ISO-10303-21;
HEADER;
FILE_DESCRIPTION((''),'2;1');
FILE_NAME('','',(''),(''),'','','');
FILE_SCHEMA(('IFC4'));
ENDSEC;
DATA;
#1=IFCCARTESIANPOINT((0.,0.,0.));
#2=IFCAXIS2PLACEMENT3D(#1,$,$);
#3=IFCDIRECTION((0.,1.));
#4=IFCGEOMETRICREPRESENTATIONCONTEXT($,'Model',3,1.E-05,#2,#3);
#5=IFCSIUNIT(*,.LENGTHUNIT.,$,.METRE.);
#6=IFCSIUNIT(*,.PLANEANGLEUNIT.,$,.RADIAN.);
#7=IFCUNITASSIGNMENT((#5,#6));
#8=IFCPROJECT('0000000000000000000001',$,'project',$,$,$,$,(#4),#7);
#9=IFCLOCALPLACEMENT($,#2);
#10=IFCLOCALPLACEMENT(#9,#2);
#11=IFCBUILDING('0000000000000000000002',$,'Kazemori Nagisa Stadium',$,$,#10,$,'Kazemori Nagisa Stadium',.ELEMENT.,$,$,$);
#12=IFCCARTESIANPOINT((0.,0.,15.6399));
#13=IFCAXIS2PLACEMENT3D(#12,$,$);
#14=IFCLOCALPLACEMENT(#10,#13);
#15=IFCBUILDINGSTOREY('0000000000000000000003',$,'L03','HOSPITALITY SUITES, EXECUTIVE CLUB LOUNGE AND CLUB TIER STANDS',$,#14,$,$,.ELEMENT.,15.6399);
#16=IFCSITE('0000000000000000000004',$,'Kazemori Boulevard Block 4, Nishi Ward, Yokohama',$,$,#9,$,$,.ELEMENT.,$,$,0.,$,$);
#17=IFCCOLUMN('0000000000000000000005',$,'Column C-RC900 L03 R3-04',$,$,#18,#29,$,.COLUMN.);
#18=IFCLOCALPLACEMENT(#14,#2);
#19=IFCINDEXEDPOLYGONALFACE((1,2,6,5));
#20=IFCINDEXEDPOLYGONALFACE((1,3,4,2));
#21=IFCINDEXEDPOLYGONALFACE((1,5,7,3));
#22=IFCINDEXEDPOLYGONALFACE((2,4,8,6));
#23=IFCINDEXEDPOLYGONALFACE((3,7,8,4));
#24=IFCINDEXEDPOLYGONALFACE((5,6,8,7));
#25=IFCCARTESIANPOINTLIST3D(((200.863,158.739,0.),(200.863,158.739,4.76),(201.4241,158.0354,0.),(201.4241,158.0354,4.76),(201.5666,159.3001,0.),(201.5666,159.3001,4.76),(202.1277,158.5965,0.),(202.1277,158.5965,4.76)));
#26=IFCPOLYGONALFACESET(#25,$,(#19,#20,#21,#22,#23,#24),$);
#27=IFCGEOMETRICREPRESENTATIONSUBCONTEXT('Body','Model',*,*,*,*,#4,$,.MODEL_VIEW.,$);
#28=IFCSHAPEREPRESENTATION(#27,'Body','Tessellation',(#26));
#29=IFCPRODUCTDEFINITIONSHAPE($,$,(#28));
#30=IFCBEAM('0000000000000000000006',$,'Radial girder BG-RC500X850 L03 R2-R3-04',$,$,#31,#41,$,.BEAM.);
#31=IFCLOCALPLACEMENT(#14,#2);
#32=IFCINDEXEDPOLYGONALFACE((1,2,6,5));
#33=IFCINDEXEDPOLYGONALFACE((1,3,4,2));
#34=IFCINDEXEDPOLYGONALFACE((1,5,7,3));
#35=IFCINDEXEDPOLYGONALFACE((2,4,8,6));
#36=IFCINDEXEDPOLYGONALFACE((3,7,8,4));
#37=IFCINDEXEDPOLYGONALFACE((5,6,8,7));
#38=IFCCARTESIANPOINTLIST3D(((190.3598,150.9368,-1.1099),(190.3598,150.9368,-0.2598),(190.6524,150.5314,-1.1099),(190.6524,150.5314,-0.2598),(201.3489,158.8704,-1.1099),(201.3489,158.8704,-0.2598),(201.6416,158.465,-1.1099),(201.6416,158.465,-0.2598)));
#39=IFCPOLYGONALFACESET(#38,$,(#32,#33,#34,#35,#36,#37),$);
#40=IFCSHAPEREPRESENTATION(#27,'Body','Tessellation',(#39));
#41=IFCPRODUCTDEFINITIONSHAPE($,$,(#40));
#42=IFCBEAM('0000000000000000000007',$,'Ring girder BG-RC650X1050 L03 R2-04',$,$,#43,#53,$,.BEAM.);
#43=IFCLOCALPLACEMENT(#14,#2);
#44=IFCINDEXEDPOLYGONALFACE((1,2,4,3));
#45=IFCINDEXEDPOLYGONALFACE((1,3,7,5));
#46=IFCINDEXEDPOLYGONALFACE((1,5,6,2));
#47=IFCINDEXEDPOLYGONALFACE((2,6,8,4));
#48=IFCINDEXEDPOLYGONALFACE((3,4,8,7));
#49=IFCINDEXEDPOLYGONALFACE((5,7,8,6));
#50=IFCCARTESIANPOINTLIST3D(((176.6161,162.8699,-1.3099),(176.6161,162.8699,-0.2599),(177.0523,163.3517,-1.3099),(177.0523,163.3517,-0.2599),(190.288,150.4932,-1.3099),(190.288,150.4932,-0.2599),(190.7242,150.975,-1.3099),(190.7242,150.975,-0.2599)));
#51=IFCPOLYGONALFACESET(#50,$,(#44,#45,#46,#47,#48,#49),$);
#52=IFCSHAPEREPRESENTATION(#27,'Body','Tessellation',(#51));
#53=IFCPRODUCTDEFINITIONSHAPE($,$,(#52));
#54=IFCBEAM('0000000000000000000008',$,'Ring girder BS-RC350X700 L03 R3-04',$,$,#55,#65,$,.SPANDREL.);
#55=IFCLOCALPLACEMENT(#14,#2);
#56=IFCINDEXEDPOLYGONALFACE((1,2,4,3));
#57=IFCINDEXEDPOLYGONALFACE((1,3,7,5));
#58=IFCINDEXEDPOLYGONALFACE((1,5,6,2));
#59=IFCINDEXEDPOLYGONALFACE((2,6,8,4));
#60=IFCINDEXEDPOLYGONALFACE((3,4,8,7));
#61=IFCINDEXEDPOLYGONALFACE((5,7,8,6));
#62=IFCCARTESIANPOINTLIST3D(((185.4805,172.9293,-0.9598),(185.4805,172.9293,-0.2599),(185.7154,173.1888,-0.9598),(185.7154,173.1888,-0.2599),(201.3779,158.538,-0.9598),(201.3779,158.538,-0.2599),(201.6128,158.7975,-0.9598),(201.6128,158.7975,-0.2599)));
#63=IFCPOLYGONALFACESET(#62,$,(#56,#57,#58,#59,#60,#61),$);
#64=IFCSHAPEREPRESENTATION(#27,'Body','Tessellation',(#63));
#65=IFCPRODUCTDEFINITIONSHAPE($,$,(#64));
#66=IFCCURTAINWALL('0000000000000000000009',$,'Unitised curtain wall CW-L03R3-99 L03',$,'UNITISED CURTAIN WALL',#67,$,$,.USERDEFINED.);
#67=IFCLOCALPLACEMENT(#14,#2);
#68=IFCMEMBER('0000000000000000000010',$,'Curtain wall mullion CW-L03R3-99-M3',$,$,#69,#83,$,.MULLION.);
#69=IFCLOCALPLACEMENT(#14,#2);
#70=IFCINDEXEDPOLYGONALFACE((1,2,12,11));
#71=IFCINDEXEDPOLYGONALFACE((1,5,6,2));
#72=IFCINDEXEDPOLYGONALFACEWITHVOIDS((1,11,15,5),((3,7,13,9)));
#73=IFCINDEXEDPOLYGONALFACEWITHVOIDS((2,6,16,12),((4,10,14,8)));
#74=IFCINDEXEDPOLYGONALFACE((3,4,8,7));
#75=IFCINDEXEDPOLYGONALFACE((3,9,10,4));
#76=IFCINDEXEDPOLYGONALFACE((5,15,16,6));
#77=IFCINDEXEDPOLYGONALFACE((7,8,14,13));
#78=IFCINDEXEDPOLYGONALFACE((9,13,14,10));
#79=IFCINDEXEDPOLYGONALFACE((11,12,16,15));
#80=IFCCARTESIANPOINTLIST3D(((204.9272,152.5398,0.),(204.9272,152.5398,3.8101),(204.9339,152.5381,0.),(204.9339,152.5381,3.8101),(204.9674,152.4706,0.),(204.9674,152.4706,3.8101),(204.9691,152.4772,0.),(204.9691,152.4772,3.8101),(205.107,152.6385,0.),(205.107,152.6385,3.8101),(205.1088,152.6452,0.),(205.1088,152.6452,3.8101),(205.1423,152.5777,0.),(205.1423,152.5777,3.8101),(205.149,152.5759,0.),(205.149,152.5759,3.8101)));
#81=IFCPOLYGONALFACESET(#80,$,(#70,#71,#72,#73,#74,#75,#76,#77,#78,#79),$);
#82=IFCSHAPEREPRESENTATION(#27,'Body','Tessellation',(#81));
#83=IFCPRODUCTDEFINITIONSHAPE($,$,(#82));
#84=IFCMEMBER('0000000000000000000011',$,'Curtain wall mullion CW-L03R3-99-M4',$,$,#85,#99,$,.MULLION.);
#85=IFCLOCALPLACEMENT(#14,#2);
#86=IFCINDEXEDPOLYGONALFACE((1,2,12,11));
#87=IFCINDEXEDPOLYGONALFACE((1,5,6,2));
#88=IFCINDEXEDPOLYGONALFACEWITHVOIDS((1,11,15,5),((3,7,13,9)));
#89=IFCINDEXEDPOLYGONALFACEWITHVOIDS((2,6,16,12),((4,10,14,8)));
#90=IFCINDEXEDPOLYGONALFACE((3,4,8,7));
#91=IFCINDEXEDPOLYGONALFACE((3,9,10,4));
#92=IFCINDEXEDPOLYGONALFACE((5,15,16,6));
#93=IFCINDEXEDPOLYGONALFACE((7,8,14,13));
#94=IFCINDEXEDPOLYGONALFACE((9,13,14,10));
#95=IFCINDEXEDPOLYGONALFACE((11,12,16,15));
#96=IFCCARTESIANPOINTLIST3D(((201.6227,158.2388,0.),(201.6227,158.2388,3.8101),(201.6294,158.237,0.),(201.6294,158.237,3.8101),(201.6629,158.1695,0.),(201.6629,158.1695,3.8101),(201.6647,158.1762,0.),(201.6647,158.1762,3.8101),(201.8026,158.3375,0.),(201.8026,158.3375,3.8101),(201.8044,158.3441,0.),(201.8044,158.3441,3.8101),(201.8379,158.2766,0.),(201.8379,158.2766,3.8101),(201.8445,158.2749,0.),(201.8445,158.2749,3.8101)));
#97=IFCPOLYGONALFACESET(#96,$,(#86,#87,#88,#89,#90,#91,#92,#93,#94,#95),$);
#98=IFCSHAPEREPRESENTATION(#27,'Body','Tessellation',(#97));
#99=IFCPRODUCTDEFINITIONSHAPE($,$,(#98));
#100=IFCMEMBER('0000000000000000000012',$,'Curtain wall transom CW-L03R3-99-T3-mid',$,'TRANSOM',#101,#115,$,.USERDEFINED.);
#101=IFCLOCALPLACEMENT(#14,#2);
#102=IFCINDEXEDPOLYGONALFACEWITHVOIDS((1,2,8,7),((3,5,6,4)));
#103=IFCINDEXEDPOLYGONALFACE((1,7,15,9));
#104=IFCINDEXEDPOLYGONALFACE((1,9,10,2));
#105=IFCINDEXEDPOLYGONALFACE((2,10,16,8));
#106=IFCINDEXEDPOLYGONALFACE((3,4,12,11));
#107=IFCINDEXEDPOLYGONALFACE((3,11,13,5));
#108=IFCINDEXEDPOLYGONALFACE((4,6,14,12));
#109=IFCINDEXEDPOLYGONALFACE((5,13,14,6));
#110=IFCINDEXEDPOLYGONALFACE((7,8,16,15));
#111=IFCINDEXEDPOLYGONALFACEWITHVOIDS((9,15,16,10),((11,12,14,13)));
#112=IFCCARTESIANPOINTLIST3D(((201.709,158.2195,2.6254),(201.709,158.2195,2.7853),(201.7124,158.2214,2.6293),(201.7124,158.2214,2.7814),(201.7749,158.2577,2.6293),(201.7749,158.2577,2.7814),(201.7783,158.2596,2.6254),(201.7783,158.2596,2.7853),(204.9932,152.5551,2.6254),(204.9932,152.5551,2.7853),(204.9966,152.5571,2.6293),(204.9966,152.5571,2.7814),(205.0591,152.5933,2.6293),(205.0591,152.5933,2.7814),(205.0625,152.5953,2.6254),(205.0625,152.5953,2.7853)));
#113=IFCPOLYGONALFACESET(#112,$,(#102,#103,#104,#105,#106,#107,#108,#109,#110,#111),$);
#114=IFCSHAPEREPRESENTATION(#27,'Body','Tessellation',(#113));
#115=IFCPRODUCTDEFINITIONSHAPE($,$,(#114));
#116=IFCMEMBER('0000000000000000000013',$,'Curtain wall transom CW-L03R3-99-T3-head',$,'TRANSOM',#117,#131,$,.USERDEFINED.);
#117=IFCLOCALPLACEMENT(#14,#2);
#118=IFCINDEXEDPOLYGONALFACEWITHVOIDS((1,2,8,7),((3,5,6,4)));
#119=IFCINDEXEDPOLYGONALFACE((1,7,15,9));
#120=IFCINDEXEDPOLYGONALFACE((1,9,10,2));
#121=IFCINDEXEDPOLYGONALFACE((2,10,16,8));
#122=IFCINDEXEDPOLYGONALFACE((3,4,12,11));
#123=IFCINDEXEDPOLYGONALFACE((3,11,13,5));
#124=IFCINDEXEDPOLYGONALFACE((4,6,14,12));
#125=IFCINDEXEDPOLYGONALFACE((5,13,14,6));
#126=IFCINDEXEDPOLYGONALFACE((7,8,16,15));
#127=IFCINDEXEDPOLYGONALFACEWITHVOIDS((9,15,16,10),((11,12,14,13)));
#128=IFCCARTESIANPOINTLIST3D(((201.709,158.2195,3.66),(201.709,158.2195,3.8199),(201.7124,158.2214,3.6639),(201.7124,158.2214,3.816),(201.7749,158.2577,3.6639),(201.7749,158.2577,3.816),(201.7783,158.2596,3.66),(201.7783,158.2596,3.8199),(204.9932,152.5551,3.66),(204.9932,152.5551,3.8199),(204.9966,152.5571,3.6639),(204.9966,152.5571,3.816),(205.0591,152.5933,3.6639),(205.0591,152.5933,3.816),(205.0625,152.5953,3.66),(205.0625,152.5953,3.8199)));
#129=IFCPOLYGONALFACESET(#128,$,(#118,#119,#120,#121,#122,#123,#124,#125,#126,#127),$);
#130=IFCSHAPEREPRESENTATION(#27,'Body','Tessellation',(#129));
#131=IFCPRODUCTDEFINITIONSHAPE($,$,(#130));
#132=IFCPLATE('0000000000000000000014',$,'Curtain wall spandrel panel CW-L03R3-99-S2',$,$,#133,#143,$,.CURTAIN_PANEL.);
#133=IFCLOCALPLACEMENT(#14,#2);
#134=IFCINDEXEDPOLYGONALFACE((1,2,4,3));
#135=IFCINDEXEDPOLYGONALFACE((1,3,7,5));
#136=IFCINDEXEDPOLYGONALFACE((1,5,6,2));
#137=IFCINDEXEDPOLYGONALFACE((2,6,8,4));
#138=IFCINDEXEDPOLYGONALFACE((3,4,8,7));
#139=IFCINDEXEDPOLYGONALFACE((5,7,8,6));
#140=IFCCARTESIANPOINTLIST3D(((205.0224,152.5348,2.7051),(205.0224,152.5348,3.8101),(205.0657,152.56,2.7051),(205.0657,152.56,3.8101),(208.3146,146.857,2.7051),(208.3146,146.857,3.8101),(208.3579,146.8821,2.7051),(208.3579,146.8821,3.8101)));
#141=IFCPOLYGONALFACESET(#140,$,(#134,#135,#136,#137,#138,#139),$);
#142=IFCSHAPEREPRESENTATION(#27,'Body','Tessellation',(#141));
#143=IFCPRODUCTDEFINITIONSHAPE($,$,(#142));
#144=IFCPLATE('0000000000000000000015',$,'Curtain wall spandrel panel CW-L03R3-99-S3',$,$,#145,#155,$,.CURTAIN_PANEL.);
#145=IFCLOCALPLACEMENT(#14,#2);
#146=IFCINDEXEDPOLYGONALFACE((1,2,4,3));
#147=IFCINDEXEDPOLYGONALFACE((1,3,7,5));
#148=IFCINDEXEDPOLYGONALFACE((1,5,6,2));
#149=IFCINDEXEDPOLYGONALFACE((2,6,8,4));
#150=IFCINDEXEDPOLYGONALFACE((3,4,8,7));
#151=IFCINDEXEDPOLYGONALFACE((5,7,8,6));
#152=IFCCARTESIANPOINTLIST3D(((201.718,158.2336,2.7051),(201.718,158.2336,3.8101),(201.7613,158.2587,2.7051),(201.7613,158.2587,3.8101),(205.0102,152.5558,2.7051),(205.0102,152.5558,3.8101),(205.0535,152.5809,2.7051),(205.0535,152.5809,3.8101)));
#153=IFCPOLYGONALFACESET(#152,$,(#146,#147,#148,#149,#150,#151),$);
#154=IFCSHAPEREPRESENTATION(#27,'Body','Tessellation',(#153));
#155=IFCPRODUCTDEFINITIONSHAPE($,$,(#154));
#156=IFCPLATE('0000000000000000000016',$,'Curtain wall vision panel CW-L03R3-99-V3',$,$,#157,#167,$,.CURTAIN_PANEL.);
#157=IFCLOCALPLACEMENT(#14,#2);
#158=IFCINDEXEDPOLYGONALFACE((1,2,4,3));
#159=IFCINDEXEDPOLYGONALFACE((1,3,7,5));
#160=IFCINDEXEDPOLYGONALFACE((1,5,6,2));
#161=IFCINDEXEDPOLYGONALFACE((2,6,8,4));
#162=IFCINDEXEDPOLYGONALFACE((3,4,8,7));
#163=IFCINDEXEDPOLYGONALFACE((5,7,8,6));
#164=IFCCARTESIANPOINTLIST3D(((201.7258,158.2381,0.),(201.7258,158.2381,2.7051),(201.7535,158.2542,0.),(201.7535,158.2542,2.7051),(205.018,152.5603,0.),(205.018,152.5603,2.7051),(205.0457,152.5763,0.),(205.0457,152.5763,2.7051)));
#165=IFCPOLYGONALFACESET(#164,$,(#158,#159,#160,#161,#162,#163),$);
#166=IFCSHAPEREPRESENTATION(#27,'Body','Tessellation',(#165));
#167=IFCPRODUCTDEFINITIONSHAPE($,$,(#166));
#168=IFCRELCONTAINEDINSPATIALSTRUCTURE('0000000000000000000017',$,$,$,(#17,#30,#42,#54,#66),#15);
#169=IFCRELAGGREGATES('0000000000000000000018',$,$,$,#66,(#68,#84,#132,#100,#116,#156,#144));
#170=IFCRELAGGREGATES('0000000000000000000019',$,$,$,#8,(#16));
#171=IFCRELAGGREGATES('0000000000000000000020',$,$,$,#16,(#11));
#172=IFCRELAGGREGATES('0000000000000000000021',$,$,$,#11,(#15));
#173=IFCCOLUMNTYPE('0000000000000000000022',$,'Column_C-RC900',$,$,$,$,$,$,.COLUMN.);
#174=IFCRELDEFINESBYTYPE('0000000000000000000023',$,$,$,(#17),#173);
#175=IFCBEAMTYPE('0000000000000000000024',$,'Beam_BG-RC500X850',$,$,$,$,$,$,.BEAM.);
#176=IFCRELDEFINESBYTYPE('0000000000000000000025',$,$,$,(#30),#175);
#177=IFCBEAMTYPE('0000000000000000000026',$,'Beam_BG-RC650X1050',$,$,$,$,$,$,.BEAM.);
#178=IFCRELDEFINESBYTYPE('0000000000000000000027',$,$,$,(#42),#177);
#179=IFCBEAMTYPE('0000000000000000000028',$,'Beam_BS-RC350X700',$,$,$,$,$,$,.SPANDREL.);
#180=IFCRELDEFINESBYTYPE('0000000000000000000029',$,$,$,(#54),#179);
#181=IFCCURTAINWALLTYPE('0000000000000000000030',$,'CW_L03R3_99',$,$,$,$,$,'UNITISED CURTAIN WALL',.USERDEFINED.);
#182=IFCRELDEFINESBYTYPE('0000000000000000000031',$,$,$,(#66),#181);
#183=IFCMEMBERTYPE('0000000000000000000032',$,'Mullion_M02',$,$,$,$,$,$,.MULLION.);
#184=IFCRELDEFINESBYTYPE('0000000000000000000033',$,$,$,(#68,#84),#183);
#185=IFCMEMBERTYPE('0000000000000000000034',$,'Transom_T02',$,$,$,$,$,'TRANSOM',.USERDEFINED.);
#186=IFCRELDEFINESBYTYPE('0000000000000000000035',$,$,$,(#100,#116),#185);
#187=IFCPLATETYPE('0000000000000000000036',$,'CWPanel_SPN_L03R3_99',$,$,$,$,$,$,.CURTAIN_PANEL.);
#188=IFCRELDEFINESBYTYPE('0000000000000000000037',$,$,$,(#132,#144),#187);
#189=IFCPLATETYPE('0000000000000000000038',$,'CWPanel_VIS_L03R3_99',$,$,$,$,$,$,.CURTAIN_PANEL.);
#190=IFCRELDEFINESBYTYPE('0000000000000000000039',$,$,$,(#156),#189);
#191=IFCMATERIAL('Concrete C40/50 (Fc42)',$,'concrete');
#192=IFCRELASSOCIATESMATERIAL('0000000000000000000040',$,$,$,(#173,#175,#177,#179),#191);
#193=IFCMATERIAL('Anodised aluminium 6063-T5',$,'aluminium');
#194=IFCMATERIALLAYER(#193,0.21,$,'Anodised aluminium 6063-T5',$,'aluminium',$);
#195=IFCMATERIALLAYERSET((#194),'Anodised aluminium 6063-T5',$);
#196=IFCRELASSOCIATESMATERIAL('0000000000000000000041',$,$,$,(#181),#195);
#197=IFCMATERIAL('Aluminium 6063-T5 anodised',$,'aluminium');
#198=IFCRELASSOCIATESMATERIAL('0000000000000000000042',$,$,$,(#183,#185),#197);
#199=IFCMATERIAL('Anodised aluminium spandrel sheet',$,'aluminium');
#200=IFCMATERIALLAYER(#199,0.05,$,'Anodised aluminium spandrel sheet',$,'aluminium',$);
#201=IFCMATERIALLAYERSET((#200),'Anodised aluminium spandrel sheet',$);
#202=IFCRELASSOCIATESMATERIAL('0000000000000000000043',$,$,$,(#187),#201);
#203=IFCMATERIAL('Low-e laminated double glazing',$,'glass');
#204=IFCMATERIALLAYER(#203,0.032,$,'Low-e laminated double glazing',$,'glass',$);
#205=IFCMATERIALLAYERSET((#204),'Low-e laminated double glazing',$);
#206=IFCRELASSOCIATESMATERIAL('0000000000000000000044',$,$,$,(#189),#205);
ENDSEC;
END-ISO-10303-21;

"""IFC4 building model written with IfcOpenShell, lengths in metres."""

from ifc_helpers import new_model, si_unit, direction, frame, origin, origin_2d, place, context, subcontext, project, spatial, rectangle, hollow_rectangle, extrude, material, layer, layer_set, material_profile, profile_set, type_object, element, aggregate, save


model = new_model("IFC4")

# Units and contexts
model_context = context("Model", 3, precision=1e-05, world=origin(), true_north=direction((0.0, 1.0)))
body_context = subcontext(model_context, "Body", "Model", "MODEL_VIEW")
ifc_project = project(units=[si_unit("LENGTHUNIT", "METRE"), si_unit("PLANEANGLEUNIT", "RADIAN")], contexts=[model_context])

# Site, building, storey
site_placement = place(None, origin())
site = spatial("IfcSite", under=ifc_project, at=site_placement, Name="Kazemori Boulevard Block 4, Nishi Ward, Yokohama", CompositionType="ELEMENT", RefElevation=0.0)
building_placement = place(site_placement, origin())
building = spatial("IfcBuilding", under=site, at=building_placement, Name="Kazemori Nagisa Stadium", LongName="Kazemori Nagisa Stadium", CompositionType="ELEMENT")
storey_placement = place(building_placement, frame((0.0, 0.0, 15.6399)))
storey = spatial("IfcBuildingStorey", under=building, at=storey_placement, Name="L03", Description="HOSPITALITY SUITES, EXECUTIVE CLUB LOUNGE AND CLUB TIER STANDS", CompositionType="ELEMENT", Elevation=15.6399)

# Column
ifc_material_1 = material(Name="Concrete C40/50 (Fc42)", Category="concrete")
ifc_material_profile_1 = material_profile(ifc_material_1, rectangle(XDim=0.8999, YDim=0.8999, at=origin_2d()), Name="RC-COL-900x900")
ifc_profile_set_1 = profile_set([ifc_material_profile_1], Name="Concrete C40/50 (Fc42)")
column_type = type_object("IfcColumnType", Name="Column_C-RC900", PredefinedType="COLUMN", material=ifc_profile_set_1)
column_placement = place(storey_placement, frame((201.4954, 158.6677, 0.0), z_axis=(0.0, 0.0, 1.0), x_axis=(0.781831, 0.62349, 0.0)))
element("IfcColumn", 1, at=column_placement, inside=storey, type_object=column_type, Name="Column C-RC900 L03 R3-04", PredefinedType="COLUMN", context=body_context, shape_type="SweptSolid", body=[
    extrude(rectangle(XDim=0.8999, YDim=0.8999, at=origin_2d()), origin(), (0.0, 0.0, 1.0), 4.76),
])

# Beams
ifc_material_profile_2 = material_profile(ifc_material_1, rectangle(XDim=0.5, YDim=0.8501, at=origin_2d()), Name="RC-BM-500x850")
ifc_profile_set_2 = profile_set([ifc_material_profile_2], Name="Concrete C40/50 (Fc42)")
beam_type_1 = type_object("IfcBeamType", Name="Beam_BG-RC500X850", PredefinedType="BEAM", material=ifc_profile_set_2)
beam_1_placement = place(storey_placement, frame((190.5061, 150.7341, -0.6848), z_axis=(0.810788, 0.585341, 0.0), x_axis=(-0.585341, 0.810788, 0.0)))
element("IfcBeam", 2, at=beam_1_placement, inside=storey, type_object=beam_type_1, Name="Radial girder BG-RC500X850 L03 R2-R3-04", PredefinedType="BEAM", context=body_context, shape_type="SweptSolid", body=[
    extrude(rectangle(XDim=0.5, YDim=0.8501, at=origin_2d()), origin(), (0.0, 0.0, 1.0), 13.5537),
])
ifc_material_profile_3 = material_profile(ifc_material_1, rectangle(XDim=0.6499, YDim=1.05, at=origin_2d()), Name="RC-BM-650x1050")
ifc_profile_set_3 = profile_set([ifc_material_profile_3], Name="Concrete C40/50 (Fc42)")
beam_type_2 = type_object("IfcBeamType", Name="Beam_BG-RC650X1050", PredefinedType="BEAM", material=ifc_profile_set_3)
beam_2_placement = place(storey_placement, frame((190.5061, 150.7341, -0.7849), z_axis=(-0.741349, 0.67112, 0.0), x_axis=(-0.67112, -0.741349, 0.0)))
element("IfcBeam", 3, at=beam_2_placement, inside=storey, type_object=beam_type_2, Name="Ring girder BG-RC650X1050 L03 R2-04", PredefinedType="BEAM", context=body_context, shape_type="SweptSolid", body=[
    extrude(rectangle(XDim=0.6499, YDim=1.05, at=origin_2d()), origin(), (0.0, 0.0, 1.0), 18.4419),
])
ifc_material_profile_4 = material_profile(ifc_material_1, rectangle(XDim=0.3501, YDim=0.7, at=origin_2d()), Name="RC-SP-350x700")
ifc_profile_set_4 = profile_set([ifc_material_profile_4], Name="Concrete C40/50 (Fc42)")
beam_type_3 = type_object("IfcBeamType", Name="Beam_BS-RC350X700", PredefinedType="SPANDREL", material=ifc_profile_set_4)
beam_3_placement = place(storey_placement, frame((201.4954, 158.6677, -0.6099), z_axis=(-0.741352, 0.671117, 0.0), x_axis=(-0.671117, -0.741352, 0.0)))
element("IfcBeam", 4, at=beam_3_placement, inside=storey, type_object=beam_type_3, Name="Ring girder BS-RC350X700 L03 R3-04", PredefinedType="SPANDREL", context=body_context, shape_type="SweptSolid", body=[
    extrude(rectangle(XDim=0.3501, YDim=0.7, at=origin_2d()), origin(), (0.0, 0.0, 1.0), 21.4438),
])

# Curtain wall, members, plates
ifc_material_2 = material(Name="Anodised aluminium 6063-T5", Category="aluminium")
ifc_layer_1 = layer(ifc_material_2, 0.21, Name="Anodised aluminium 6063-T5", Category="aluminium")
ifc_layer_set_1 = layer_set([ifc_layer_1], Name="Anodised aluminium 6063-T5")
curtain_wall_type = type_object("IfcCurtainWallType", Name="CW_L03R3_99", ElementType="UNITISED CURTAIN WALL", PredefinedType="USERDEFINED", material=ifc_layer_set_1)
curtain_wall_placement = place(storey_placement, origin())
curtain_wall = element("IfcCurtainWall", 5, at=curtain_wall_placement, inside=storey, type_object=curtain_wall_type, Name="Unitised curtain wall CW-L03R3-99 L03", ObjectType="UNITISED CURTAIN WALL", PredefinedType="USERDEFINED")
ifc_material_3 = material(Name="Aluminium 6063-T5 anodised", Category="aluminium")
ifc_material_profile_5 = material_profile(ifc_material_3, hollow_rectangle(XDim=0.0801, YDim=0.21, WallThickness=0.0049, at=origin_2d()), Name="ALU-MULL-80x210x5")
ifc_profile_set_5 = profile_set([ifc_material_profile_5], Name="Aluminium 6063-T5 anodised")
member_type_1 = type_object("IfcMemberType", Name="Mullion_M02", PredefinedType="MULLION", material=ifc_profile_set_5)
member_1_placement = place(storey_placement, frame((205.0381, 152.5579, 0.0), z_axis=(0.0, 0.0, 1.0), x_axis=(-0.501612, 0.865093, 0.0)))
member_1 = element("IfcMember", 6, at=member_1_placement, type_object=member_type_1, Name="Curtain wall mullion CW-L03R3-99-M3", PredefinedType="MULLION", context=body_context, shape_type="SweptSolid", body=[
    extrude(hollow_rectangle(XDim=0.0801, YDim=0.21, WallThickness=0.0049, at=origin_2d()), origin(), (0.0, 0.0, 1.0), 3.8101),
])
member_2_placement = place(storey_placement, frame((201.7336, 158.2568, 0.0), z_axis=(0.0, 0.0, 1.0), x_axis=(-0.501612, 0.865093, 0.0)))
member_2 = element("IfcMember", 7, at=member_2_placement, type_object=member_type_1, Name="Curtain wall mullion CW-L03R3-99-M4", PredefinedType="MULLION", context=body_context, shape_type="SweptSolid", body=[
    extrude(hollow_rectangle(XDim=0.0801, YDim=0.21, WallThickness=0.0049, at=origin_2d()), origin(), (0.0, 0.0, 1.0), 3.8101),
])
ifc_material_profile_6 = material_profile(ifc_material_3, hollow_rectangle(XDim=0.0801, YDim=0.1599, WallThickness=0.0039, at=origin_2d()), Name="ALU-TRAN-80x160x4")
ifc_profile_set_6 = profile_set([ifc_material_profile_6], Name="Aluminium 6063-T5 anodised")
member_type_2 = type_object("IfcMemberType", Name="Transom_T02", ElementType="TRANSOM", PredefinedType="USERDEFINED", material=ifc_profile_set_6)
member_3_placement = place(storey_placement, frame((205.0278, 152.5752, 2.7053), z_axis=(-0.50159, 0.865105, 0.0), x_axis=(-0.865105, -0.50159, 0.0)))
member_3 = element("IfcMember", 8, at=member_3_placement, type_object=member_type_2, Name="Curtain wall transom CW-L03R3-99-T3-mid", ObjectType="TRANSOM", PredefinedType="USERDEFINED", context=body_context, shape_type="SweptSolid", body=[
    extrude(hollow_rectangle(XDim=0.0801, YDim=0.1599, WallThickness=0.0039, at=origin_2d()), origin(), (0.0, 0.0, 1.0), 6.5476),
])
member_4_placement = place(storey_placement, frame((205.0278, 152.5752, 3.74), z_axis=(-0.50159, 0.865105, 0.0), x_axis=(-0.865105, -0.50159, 0.0)))
member_4 = element("IfcMember", 9, at=member_4_placement, type_object=member_type_2, Name="Curtain wall transom CW-L03R3-99-T3-head", ObjectType="TRANSOM", PredefinedType="USERDEFINED", context=body_context, shape_type="SweptSolid", body=[
    extrude(hollow_rectangle(XDim=0.0801, YDim=0.1599, WallThickness=0.0039, at=origin_2d()), origin(), (0.0, 0.0, 1.0), 6.5476),
])
ifc_material_4 = material(Name="Anodised aluminium spandrel sheet", Category="aluminium")
ifc_layer_2 = layer(ifc_material_4, 0.05, Name="Anodised aluminium spandrel sheet", Category="aluminium")
ifc_layer_set_2 = layer_set([ifc_layer_2], Name="Anodised aluminium spandrel sheet")
plate_type_1 = type_object("IfcPlateType", Name="CWPanel_SPN_L03R3_99", PredefinedType="CURTAIN_PANEL", material=ifc_layer_set_2)
plate_1_placement = place(storey_placement, frame((206.6902, 149.7085, 2.7051), z_axis=(0.0, 0.0, 1.0), x_axis=(-0.501612, 0.865093, 0.0)))
plate_1 = element("IfcPlate", 10, at=plate_1_placement, type_object=plate_type_1, Name="Curtain wall spandrel panel CW-L03R3-99-S2", PredefinedType="CURTAIN_PANEL", context=body_context, shape_type="SweptSolid", body=[
    extrude(rectangle(XDim=6.5632, YDim=0.05, at=origin_2d()), origin(), (0.0, 0.0, 1.0), 1.105),
])
plate_2_placement = place(storey_placement, frame((203.3857, 155.4072, 2.7051), z_axis=(0.0, 0.0, 1.0), x_axis=(-0.501612, 0.865093, 0.0)))
plate_2 = element("IfcPlate", 11, at=plate_2_placement, type_object=plate_type_1, Name="Curtain wall spandrel panel CW-L03R3-99-S3", PredefinedType="CURTAIN_PANEL", context=body_context, shape_type="SweptSolid", body=[
    extrude(rectangle(XDim=6.5632, YDim=0.05, at=origin_2d()), origin(), (0.0, 0.0, 1.0), 1.105),
])
ifc_material_5 = material(Name="Low-e laminated double glazing", Category="glass")
ifc_layer_3 = layer(ifc_material_5, 0.032, Name="Low-e laminated double glazing", Category="glass")
ifc_layer_set_3 = layer_set([ifc_layer_3], Name="Low-e laminated double glazing")
plate_type_2 = type_object("IfcPlateType", Name="CWPanel_VIS_L03R3_99", PredefinedType="CURTAIN_PANEL", material=ifc_layer_set_3)
plate_3_placement = place(storey_placement, frame((203.3857, 155.4072, 0.0), z_axis=(0.0, 0.0, 1.0), x_axis=(-0.501612, 0.865093, 0.0)))
plate_3 = element("IfcPlate", 12, at=plate_3_placement, type_object=plate_type_2, Name="Curtain wall vision panel CW-L03R3-99-V3", PredefinedType="CURTAIN_PANEL", context=body_context, shape_type="SweptSolid", body=[
    extrude(rectangle(XDim=6.5632, YDim=0.032, at=origin_2d()), origin(), (0.0, 0.0, 1.0), 2.7051),
])
aggregate(curtain_wall, [member_1, member_2, plate_1, member_3, member_4, plate_3, plate_2])

save(model, "model.ifc")
